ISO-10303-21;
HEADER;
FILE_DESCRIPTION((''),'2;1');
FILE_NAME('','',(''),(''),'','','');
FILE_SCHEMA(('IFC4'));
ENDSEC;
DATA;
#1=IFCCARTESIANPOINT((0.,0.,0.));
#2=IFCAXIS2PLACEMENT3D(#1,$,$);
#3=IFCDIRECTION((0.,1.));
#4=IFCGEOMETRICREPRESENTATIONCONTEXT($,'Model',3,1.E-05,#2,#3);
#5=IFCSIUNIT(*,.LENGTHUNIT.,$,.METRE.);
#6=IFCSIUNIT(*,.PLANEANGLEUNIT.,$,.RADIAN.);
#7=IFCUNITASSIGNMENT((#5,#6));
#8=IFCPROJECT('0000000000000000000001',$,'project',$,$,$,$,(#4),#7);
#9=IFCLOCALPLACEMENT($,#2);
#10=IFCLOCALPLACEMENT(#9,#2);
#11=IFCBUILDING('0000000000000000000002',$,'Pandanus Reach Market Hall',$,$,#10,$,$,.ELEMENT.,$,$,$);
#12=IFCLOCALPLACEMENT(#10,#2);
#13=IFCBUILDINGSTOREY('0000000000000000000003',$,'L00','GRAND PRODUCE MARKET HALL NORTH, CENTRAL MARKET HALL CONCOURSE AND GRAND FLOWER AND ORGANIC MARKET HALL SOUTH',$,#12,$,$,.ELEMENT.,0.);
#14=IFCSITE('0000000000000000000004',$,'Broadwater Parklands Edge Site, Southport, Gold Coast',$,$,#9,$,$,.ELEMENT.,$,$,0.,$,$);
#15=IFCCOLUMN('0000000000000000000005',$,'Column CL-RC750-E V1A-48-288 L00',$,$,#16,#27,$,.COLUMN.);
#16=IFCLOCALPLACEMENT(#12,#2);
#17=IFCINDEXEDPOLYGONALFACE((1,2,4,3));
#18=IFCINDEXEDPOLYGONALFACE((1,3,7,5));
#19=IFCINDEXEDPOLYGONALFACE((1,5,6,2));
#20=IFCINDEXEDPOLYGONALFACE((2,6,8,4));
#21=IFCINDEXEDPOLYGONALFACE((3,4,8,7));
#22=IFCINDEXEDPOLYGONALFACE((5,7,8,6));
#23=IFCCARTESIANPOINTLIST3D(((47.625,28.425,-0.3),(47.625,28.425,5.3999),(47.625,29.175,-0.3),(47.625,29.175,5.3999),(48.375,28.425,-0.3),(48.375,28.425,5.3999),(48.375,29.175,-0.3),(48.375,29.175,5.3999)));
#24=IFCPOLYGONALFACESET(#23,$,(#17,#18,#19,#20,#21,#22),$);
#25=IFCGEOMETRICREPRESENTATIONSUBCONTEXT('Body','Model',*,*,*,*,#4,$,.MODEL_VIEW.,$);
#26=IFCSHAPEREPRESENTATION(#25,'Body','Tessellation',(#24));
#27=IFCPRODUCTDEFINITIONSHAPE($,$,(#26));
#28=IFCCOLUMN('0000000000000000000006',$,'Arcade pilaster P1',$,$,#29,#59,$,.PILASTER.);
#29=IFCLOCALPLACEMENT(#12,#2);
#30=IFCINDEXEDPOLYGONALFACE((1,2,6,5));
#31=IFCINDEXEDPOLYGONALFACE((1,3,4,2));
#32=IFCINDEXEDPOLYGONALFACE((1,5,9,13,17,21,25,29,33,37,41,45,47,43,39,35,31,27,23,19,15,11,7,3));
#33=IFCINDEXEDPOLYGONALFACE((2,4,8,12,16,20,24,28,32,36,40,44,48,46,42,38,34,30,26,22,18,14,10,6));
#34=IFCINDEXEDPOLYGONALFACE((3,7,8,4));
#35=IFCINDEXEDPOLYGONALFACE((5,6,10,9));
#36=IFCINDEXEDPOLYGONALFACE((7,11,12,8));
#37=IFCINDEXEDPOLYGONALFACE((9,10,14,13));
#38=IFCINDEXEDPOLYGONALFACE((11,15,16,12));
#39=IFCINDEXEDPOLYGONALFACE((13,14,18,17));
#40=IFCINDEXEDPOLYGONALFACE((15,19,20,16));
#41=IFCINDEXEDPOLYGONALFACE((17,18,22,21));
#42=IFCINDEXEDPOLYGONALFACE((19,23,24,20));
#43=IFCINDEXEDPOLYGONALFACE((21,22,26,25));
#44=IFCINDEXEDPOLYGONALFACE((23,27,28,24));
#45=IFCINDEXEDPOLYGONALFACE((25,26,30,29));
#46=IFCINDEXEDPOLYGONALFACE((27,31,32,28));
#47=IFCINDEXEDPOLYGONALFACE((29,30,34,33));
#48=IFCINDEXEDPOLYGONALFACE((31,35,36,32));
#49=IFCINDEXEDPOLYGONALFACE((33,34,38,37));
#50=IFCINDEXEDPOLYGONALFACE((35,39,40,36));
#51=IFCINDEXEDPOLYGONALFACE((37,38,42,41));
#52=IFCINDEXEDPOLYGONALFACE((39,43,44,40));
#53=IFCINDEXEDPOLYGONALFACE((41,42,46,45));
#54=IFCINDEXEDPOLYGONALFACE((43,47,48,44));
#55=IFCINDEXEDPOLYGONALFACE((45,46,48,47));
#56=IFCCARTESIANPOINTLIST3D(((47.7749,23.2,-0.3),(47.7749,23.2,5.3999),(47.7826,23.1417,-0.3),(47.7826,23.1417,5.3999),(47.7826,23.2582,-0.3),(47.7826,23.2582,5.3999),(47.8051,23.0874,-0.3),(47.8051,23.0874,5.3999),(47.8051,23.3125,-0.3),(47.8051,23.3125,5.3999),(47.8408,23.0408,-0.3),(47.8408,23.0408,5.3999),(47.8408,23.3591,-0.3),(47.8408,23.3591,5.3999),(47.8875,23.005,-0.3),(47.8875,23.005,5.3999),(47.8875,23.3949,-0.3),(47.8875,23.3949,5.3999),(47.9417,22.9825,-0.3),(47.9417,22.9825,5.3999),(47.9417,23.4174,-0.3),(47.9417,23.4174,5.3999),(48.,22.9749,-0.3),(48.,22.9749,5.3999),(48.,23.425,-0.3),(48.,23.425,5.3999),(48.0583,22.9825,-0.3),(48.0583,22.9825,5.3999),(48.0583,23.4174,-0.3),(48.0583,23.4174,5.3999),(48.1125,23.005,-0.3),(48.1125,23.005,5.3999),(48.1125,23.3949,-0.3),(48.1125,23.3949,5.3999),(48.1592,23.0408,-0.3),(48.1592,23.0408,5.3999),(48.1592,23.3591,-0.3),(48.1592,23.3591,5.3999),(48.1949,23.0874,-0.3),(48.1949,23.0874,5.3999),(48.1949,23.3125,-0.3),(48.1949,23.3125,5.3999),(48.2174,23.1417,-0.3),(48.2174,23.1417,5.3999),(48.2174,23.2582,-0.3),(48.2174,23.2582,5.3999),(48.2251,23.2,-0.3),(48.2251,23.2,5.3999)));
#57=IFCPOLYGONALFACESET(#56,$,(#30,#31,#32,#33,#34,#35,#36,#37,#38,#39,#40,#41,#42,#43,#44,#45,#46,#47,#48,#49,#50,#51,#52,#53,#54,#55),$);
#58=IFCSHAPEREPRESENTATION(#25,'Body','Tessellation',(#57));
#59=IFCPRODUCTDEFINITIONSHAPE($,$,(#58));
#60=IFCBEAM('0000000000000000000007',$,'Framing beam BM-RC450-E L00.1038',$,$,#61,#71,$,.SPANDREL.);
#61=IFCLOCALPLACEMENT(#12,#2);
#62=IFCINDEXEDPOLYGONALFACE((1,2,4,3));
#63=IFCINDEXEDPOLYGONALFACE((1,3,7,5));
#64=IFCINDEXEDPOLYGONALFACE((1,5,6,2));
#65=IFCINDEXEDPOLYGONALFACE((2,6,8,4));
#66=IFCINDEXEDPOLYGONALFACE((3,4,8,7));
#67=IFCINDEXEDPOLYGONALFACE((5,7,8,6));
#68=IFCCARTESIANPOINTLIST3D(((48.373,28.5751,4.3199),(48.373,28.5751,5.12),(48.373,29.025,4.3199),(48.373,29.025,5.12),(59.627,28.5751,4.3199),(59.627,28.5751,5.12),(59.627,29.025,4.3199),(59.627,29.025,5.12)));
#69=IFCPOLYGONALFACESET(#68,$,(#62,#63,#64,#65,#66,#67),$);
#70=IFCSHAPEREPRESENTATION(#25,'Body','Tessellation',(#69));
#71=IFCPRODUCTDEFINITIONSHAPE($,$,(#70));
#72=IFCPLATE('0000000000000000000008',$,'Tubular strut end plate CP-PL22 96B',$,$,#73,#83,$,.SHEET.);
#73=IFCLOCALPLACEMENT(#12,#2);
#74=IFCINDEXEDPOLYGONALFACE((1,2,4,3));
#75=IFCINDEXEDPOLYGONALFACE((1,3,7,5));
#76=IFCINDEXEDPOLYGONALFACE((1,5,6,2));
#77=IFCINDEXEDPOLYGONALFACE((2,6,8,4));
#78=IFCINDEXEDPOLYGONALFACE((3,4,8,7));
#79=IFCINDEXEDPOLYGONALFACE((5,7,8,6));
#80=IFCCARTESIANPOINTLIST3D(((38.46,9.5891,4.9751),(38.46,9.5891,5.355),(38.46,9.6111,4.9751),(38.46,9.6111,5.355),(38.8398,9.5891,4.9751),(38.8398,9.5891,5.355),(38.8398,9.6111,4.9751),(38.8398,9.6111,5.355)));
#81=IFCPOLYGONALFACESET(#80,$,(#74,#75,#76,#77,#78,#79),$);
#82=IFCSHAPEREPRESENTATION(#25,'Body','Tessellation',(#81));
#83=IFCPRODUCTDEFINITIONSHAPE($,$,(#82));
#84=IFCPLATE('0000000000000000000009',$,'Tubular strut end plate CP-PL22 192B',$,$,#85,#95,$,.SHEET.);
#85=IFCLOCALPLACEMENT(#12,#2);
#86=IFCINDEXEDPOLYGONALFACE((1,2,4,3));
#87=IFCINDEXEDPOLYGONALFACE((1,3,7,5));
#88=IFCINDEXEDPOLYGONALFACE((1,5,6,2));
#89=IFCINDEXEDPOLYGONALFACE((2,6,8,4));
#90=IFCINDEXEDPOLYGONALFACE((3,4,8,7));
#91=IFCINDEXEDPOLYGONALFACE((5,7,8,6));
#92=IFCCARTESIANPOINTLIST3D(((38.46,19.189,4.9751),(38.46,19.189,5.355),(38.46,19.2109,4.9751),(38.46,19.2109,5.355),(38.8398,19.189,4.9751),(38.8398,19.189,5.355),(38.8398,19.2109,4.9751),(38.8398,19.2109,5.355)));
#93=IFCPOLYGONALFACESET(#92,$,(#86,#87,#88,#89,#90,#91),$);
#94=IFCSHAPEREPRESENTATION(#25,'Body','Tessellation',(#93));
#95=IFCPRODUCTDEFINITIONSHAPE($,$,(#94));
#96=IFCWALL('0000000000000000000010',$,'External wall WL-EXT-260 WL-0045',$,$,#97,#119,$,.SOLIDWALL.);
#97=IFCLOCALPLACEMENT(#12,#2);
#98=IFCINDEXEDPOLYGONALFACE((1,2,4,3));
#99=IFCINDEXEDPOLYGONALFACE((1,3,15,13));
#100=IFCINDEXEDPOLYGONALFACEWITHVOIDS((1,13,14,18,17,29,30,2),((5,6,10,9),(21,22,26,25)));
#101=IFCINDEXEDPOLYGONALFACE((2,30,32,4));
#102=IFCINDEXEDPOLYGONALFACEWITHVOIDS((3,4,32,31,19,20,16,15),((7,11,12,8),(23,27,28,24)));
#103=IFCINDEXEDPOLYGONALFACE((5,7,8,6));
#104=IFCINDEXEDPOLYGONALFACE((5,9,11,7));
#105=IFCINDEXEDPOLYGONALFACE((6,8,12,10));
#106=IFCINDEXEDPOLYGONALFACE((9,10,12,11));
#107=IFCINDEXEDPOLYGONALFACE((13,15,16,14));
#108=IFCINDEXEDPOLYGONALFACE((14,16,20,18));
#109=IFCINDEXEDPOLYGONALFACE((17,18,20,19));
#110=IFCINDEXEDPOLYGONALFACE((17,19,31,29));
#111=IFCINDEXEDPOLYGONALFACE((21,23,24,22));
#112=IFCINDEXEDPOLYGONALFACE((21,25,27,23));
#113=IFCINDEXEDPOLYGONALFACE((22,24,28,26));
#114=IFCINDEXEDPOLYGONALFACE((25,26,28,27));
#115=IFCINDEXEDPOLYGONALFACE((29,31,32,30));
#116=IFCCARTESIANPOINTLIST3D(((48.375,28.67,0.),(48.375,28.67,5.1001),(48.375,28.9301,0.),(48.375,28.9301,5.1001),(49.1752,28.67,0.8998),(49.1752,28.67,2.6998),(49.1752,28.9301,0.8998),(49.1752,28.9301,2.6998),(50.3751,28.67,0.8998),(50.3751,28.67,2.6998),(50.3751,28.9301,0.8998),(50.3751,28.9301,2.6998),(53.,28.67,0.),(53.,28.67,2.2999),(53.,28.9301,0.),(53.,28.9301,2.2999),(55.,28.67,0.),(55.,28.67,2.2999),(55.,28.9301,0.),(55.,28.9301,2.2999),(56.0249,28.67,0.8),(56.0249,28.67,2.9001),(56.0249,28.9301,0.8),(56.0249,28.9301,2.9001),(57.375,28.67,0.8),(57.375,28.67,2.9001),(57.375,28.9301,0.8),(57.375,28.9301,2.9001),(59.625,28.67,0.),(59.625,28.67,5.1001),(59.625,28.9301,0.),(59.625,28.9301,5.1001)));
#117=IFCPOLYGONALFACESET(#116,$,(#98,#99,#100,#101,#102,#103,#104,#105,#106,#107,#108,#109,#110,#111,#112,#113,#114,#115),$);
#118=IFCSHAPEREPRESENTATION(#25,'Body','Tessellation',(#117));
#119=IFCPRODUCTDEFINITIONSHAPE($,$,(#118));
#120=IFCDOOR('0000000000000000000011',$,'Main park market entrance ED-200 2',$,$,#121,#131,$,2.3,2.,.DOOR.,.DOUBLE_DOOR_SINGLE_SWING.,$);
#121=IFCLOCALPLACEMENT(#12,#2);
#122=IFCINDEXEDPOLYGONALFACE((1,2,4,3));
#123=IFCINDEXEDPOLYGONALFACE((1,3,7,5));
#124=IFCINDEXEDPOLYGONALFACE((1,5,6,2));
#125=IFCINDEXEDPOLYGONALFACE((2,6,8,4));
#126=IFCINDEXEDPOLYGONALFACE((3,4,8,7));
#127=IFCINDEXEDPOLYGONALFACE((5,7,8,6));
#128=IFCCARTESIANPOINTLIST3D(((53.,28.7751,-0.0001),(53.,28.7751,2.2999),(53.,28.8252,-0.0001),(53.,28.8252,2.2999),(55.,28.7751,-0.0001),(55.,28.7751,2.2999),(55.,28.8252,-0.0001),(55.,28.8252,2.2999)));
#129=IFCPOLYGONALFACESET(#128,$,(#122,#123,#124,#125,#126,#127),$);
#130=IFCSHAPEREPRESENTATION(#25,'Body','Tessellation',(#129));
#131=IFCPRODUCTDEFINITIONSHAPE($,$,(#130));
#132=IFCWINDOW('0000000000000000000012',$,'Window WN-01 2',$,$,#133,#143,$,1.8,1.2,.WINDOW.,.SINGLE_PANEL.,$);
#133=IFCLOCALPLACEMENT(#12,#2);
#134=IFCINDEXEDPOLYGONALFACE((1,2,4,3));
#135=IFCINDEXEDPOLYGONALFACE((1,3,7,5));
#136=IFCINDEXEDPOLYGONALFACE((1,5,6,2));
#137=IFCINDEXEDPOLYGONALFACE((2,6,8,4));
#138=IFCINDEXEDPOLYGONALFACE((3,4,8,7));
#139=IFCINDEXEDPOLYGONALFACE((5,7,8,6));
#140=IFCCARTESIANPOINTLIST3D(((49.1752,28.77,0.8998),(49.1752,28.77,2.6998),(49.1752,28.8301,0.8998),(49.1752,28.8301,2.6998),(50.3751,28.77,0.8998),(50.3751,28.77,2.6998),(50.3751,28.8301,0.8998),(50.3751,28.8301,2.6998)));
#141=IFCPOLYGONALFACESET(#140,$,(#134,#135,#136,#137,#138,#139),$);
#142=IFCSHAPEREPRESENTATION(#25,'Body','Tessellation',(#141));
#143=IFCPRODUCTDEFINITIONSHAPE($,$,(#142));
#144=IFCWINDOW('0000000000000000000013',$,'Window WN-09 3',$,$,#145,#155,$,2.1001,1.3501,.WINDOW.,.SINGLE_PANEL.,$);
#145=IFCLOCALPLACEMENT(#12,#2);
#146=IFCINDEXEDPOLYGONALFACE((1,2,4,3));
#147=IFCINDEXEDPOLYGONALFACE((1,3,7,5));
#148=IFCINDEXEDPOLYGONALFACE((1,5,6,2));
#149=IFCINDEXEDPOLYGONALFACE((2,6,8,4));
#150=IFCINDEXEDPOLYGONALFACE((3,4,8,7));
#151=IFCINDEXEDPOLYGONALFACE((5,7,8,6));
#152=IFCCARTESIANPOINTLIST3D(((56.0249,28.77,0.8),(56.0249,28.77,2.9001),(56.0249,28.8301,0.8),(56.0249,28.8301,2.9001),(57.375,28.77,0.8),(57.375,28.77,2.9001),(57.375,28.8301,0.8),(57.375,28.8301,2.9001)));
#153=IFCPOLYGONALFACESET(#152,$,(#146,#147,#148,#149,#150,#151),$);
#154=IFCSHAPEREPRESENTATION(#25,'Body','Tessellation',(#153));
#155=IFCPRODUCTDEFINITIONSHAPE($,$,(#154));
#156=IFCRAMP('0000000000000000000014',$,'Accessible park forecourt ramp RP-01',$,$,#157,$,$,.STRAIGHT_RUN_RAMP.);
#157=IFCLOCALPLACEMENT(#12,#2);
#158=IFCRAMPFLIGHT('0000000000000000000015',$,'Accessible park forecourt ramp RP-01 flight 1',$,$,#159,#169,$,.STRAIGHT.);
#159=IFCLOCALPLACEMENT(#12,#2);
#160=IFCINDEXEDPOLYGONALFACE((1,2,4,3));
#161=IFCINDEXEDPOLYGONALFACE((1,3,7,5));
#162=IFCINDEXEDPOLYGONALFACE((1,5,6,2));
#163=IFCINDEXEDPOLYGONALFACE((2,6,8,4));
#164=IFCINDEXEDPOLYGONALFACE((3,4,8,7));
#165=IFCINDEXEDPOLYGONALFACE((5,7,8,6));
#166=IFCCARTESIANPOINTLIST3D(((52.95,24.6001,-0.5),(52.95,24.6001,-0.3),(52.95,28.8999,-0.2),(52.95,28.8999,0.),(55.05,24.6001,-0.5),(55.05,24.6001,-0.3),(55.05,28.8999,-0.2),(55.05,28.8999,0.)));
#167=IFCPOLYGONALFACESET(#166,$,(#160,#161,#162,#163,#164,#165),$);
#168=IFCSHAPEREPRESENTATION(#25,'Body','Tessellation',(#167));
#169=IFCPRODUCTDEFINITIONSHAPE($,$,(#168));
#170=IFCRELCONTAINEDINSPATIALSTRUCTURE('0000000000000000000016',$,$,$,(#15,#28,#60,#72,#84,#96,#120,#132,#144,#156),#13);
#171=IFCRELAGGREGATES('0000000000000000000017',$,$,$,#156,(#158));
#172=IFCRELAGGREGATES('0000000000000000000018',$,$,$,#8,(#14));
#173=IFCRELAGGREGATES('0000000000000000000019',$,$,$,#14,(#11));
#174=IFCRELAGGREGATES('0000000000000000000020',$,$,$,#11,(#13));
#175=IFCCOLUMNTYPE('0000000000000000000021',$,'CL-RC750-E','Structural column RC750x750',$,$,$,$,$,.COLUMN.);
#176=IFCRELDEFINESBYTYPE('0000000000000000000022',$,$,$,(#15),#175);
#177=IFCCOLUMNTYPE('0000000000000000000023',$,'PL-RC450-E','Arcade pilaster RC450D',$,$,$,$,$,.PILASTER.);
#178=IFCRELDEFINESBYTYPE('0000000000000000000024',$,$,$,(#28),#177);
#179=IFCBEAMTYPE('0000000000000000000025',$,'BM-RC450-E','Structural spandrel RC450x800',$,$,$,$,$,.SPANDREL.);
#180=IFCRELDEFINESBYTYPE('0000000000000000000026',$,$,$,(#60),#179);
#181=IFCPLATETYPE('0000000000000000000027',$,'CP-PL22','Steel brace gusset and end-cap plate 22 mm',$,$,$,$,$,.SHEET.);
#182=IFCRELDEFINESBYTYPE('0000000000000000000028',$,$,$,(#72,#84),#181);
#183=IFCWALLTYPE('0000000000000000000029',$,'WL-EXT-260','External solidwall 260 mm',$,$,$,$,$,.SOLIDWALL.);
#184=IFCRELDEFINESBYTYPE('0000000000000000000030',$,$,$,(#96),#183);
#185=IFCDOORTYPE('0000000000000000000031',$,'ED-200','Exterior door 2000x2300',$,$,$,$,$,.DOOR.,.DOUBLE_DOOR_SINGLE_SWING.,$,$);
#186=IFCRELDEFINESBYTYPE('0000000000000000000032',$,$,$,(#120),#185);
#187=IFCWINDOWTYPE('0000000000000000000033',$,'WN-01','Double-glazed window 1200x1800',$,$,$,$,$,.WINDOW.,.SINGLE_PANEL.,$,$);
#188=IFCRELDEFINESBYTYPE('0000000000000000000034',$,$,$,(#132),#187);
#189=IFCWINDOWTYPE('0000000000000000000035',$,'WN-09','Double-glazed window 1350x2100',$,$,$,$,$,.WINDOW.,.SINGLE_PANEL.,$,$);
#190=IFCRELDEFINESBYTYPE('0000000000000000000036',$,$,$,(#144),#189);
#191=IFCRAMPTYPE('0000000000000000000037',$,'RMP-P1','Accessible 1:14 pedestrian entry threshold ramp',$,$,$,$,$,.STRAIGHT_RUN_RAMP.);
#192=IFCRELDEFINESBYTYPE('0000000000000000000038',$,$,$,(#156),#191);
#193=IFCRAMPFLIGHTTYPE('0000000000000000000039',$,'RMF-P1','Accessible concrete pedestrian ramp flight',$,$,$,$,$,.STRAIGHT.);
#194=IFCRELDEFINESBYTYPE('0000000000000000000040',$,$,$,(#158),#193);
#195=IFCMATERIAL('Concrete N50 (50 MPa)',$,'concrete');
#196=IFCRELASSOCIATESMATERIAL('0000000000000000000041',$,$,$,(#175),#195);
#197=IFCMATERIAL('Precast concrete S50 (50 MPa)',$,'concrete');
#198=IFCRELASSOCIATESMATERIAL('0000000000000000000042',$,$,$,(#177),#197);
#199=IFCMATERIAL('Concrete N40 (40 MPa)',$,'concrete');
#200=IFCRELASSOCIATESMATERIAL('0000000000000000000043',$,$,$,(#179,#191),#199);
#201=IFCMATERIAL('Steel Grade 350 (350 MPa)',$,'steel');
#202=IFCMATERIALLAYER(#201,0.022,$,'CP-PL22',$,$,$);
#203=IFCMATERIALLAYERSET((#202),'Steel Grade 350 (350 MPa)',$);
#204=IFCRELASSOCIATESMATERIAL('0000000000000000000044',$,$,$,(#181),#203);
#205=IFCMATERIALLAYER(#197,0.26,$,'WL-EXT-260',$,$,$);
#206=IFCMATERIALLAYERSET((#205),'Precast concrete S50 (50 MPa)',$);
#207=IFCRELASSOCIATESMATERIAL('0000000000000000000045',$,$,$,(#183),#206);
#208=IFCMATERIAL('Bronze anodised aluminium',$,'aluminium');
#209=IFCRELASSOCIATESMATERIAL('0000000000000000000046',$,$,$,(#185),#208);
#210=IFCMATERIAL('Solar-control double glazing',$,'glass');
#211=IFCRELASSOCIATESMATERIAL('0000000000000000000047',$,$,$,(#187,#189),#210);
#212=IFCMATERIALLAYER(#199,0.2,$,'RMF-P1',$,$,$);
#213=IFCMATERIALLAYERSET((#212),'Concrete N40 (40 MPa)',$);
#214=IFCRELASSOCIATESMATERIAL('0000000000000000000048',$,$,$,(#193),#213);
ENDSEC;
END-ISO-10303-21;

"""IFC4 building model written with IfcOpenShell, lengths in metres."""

from ifc_helpers import new_model, si_unit, direction, frame, frame_2d, origin, origin_2d, place, context, subcontext, project, spatial, polyline, rectangle, circle, outline, extrude, material, layer, layer_set, material_profile, profile_set, type_object, element, fill, aggregate, save


model = new_model("IFC4")

# Units and contexts
model_context = context("Model", 3, precision=1e-05, world=origin(), true_north=direction((0.0, 1.0)))
body_context = subcontext(model_context, "Body", "Model", "MODEL_VIEW")
ifc_project = project(units=[si_unit("LENGTHUNIT", "METRE"), si_unit("PLANEANGLEUNIT", "RADIAN")], contexts=[model_context])

# Site, building, storey
site_placement = place(None, origin())
site = spatial("IfcSite", under=ifc_project, at=site_placement, Name="Broadwater Parklands Edge Site, Southport, Gold Coast", CompositionType="ELEMENT", RefElevation=0.0)
building_placement = place(site_placement, origin())
building = spatial("IfcBuilding", under=site, at=building_placement, Name="Pandanus Reach Market Hall", CompositionType="ELEMENT")
storey_placement = place(building_placement, origin())
storey = spatial("IfcBuildingStorey", under=building, at=storey_placement, Name="L00", Description="GRAND PRODUCE MARKET HALL NORTH, CENTRAL MARKET HALL CONCOURSE AND GRAND FLOWER AND ORGANIC MARKET HALL SOUTH", CompositionType="ELEMENT", Elevation=0.0)

# Shared definitions
ifc_material_1 = material(Name="Concrete N40 (40 MPa)", Category="concrete")

# Columns
ifc_material_2 = material(Name="Concrete N50 (50 MPa)", Category="concrete")
ifc_material_profile_1 = material_profile(ifc_material_2, rectangle(XDim=0.75, YDim=0.75, at=origin_2d()), Name="RC750x750", Category="LoadBearing")
ifc_profile_set_1 = profile_set([ifc_material_profile_1], Name="Concrete N50 (50 MPa)")
column_type_1 = type_object("IfcColumnType", Name="CL-RC750-E", Description="Structural column RC750x750", PredefinedType="COLUMN", material=ifc_profile_set_1)
column_1_placement = place(storey_placement, frame((48.0, 28.8, -0.3), z_axis=(0.0, 0.0, 1.0), x_axis=(1.0, 0.0, 0.0)))
element("IfcColumn", 1, at=column_1_placement, inside=storey, type_object=column_type_1, Name="Column CL-RC750-E V1A-48-288 L00", PredefinedType="COLUMN", context=body_context, shape_type="SweptSolid", body=[
    extrude(rectangle(XDim=0.75, YDim=0.75, at=origin_2d()), origin(), (0.0, 0.0, 1.0), 5.7),
])
ifc_material_3 = material(Name="Precast concrete S50 (50 MPa)", Category="concrete")
ifc_material_profile_2 = material_profile(ifc_material_3, circle(Radius=0.2251, at=origin_2d()), Name="RC450D", Category="LoadBearing")
ifc_profile_set_2 = profile_set([ifc_material_profile_2], Name="Precast concrete S50 (50 MPa)")
column_type_2 = type_object("IfcColumnType", Name="PL-RC450-E", Description="Arcade pilaster RC450D", PredefinedType="PILASTER", material=ifc_profile_set_2)
column_2_placement = place(storey_placement, frame((48.0, 23.2, -0.3), z_axis=(0.0, 0.0, 1.0), x_axis=(1.0, 0.0, 0.0)))
element("IfcColumn", 2, at=column_2_placement, inside=storey, type_object=column_type_2, Name="Arcade pilaster P1", PredefinedType="PILASTER", context=body_context, shape_type="SweptSolid", body=[
    extrude(circle(Radius=0.2251, at=origin_2d()), origin(), (0.0, 0.0, 1.0), 5.7),
])

# Beam
ifc_material_profile_3 = material_profile(ifc_material_1, rectangle(XDim=0.45, YDim=0.8, at=origin_2d()), Name="RC450x800", Category="LoadBearing")
ifc_profile_set_3 = profile_set([ifc_material_profile_3], Name="Concrete N40 (40 MPa)")
beam_type = type_object("IfcBeamType", Name="BM-RC450-E", Description="Structural spandrel RC450x800", PredefinedType="SPANDREL", material=ifc_profile_set_3)
beam_placement = place(storey_placement, frame((48.373, 28.8, 4.72), z_axis=(1.0, 0.0, 0.0), x_axis=(0.0, 1.0, 0.0)))
element("IfcBeam", 3, at=beam_placement, inside=storey, type_object=beam_type, Name="Framing beam BM-RC450-E L00.1038", PredefinedType="SPANDREL", context=body_context, shape_type="SweptSolid", body=[
    extrude(rectangle(XDim=0.45, YDim=0.8, at=origin_2d()), origin(), (0.0, 0.0, 1.0), 11.2539),
])

# Plates
ifc_material_4 = material(Name="Steel Grade 350 (350 MPa)", Category="steel")
ifc_layer_1 = layer(ifc_material_4, 0.022, Name="CP-PL22")
ifc_layer_set_1 = layer_set([ifc_layer_1], Name="Steel Grade 350 (350 MPa)")
plate_type = type_object("IfcPlateType", Name="CP-PL22", Description="Steel brace gusset and end-cap plate 22 mm", PredefinedType="SHEET", material=ifc_layer_set_1)
for number, where, z_axis, x_axis, name in (
    (4, (38.6499, 9.6001, 4.9751), (0.0, 0.0, 1.0), (1.0, 0.0, 0.0), "Tubular strut end plate CP-PL22 96B"),
    (5, (38.6499, 19.2, 4.9751), (0.0, 0.0, 1.0), (1.0, 0.0, 0.0), "Tubular strut end plate CP-PL22 192B"),
):
    element("IfcPlate", number, at=place(storey_placement, frame(where, z_axis=z_axis, x_axis=x_axis)), inside=storey, type_object=plate_type, Name=name, PredefinedType="SHEET", context=body_context, shape_type="SweptSolid", body=[
        extrude(rectangle(XDim=0.3799, YDim=0.022, at=origin_2d()), origin(), (0.0, 0.0, 1.0), 0.3799),
    ])

# Wall, openings, door, windows
ifc_layer_2 = layer(ifc_material_3, 0.26, Name="WL-EXT-260")
ifc_layer_set_2 = layer_set([ifc_layer_2], Name="Precast concrete S50 (50 MPa)")
wall_type = type_object("IfcWallType", Name="WL-EXT-260", Description="External solidwall 260 mm", PredefinedType="SOLIDWALL", material=ifc_layer_set_2)
wall_placement = place(storey_placement, frame((48.375, 28.8, 0.0), z_axis=(0.0, 0.0, 1.0), x_axis=(1.0, 0.0, 0.0)))
wall = element("IfcWall", 6, at=wall_placement, inside=storey, type_object=wall_type, Name="External wall WL-EXT-260 WL-0045", PredefinedType="SOLIDWALL", context=body_context, shape_type="SweptSolid", body=[
    extrude(rectangle(XDim=11.25, YDim=0.26, at=frame_2d((5.625, 0.0))), origin(), (0.0, 0.0, 1.0), 5.1001),
])
opening_1_placement = place(wall_placement, frame((4.625, 0.0, 0.0)))
opening_1 = element("IfcOpeningElement", 7, at=opening_1_placement, cuts=wall, PredefinedType="OPENING", context=body_context, shape_type="SweptSolid", body=[
    extrude(rectangle(XDim=2.0, YDim=2.3, at=frame_2d((1.0, 1.1499))), frame((0.0, 0.145, 0.0), z_axis=(0.0, -1.0, 0.0), x_axis=(1.0, 0.0, 0.0)), (0.0, 0.0, 1.0), 0.29),
])
opening_2_placement = place(wall_placement, frame((0.8, 0.0, 0.8999)))
opening_2 = element("IfcOpeningElement", 8, at=opening_2_placement, cuts=wall, PredefinedType="OPENING", context=body_context, shape_type="SweptSolid", body=[
    extrude(rectangle(XDim=1.2, YDim=1.8, at=frame_2d((0.6001, 0.8999))), frame((0.0, 0.145, 0.0), z_axis=(0.0, -1.0, 0.0), x_axis=(1.0, 0.0, 0.0)), (0.0, 0.0, 1.0), 0.29),
])
opening_3_placement = place(wall_placement, frame((7.6499, 0.0, 0.8)))
opening_3 = element("IfcOpeningElement", 9, at=opening_3_placement, cuts=wall, PredefinedType="OPENING", context=body_context, shape_type="SweptSolid", body=[
    extrude(rectangle(XDim=1.3501, YDim=2.1001, at=frame_2d((0.675, 1.05))), frame((0.0, 0.145, 0.0), z_axis=(0.0, -1.0, 0.0), x_axis=(1.0, 0.0, 0.0)), (0.0, 0.0, 1.0), 0.29),
])
ifc_material_5 = material(Name="Bronze anodised aluminium", Category="aluminium")
door_type = type_object("IfcDoorType", Name="ED-200", Description="Exterior door 2000x2300", OperationType="DOUBLE_DOOR_SINGLE_SWING", PredefinedType="DOOR", material=ifc_material_5)
door_placement = place(opening_1_placement, frame((2.0, 0.0, 0.0), z_axis=(0.0, 0.0, 1.0), x_axis=(-1.0, 0.0, 0.0)))
door = element("IfcDoor", 10, at=door_placement, inside=storey, type_object=door_type, Name="Main park market entrance ED-200 2", OperationType="DOUBLE_DOOR_SINGLE_SWING", OverallHeight=2.3, OverallWidth=2.0, PredefinedType="DOOR", context=body_context, shape_type="SweptSolid", body=[
    extrude(rectangle(XDim=2.0, YDim=2.3, at=frame_2d((1.0, 1.1499))), frame((0.0, 0.0249, 0.0), z_axis=(0.0, -1.0, 0.0), x_axis=(1.0, 0.0, 0.0)), (0.0, 0.0, 1.0), 0.05),
])
fill(opening_1, door)
ifc_material_6 = material(Name="Solar-control double glazing", Category="glass")
window_type_1 = type_object("IfcWindowType", Name="WN-01", Description="Double-glazed window 1200x1800", PartitioningType="SINGLE_PANEL", PredefinedType="WINDOW", material=ifc_material_6)
window_1_placement = place(opening_2_placement, origin())
window_1 = element("IfcWindow", 11, at=window_1_placement, inside=storey, type_object=window_type_1, Name="Window WN-01 2", OverallHeight=1.8, OverallWidth=1.2, PartitioningType="SINGLE_PANEL", PredefinedType="WINDOW", context=body_context, shape_type="SweptSolid", body=[
    extrude(rectangle(XDim=1.2, YDim=1.8, at=frame_2d((0.6001, 0.8999))), frame((0.0, 0.03, 0.0), z_axis=(0.0, -1.0, 0.0), x_axis=(1.0, 0.0, 0.0)), (0.0, 0.0, 1.0), 0.0601),
])
fill(opening_2, window_1)
window_type_2 = type_object("IfcWindowType", Name="WN-09", Description="Double-glazed window 1350x2100", PartitioningType="SINGLE_PANEL", PredefinedType="WINDOW", material=ifc_material_6)
window_2_placement = place(opening_3_placement, origin())
window_2 = element("IfcWindow", 12, at=window_2_placement, inside=storey, type_object=window_type_2, Name="Window WN-09 3", OverallHeight=2.1001, OverallWidth=1.3501, PartitioningType="SINGLE_PANEL", PredefinedType="WINDOW", context=body_context, shape_type="SweptSolid", body=[
    extrude(rectangle(XDim=1.3501, YDim=2.1001, at=frame_2d((0.675, 1.05))), frame((0.0, 0.03, 0.0), z_axis=(0.0, -1.0, 0.0), x_axis=(1.0, 0.0, 0.0)), (0.0, 0.0, 1.0), 0.0601),
])
fill(opening_3, window_2)

# Ramp, ramp flight
ramp_type = type_object("IfcRampType", Name="RMP-P1", Description="Accessible 1:14 pedestrian entry threshold ramp", PredefinedType="STRAIGHT_RUN_RAMP", material=ifc_material_1)
ramp_placement = place(storey_placement, origin())
ramp = element("IfcRamp", 13, at=ramp_placement, inside=storey, type_object=ramp_type, Name="Accessible park forecourt ramp RP-01", PredefinedType="STRAIGHT_RUN_RAMP")
ifc_layer_3 = layer(ifc_material_1, 0.2, Name="RMF-P1")
ifc_layer_set_3 = layer_set([ifc_layer_3], Name="Concrete N40 (40 MPa)")
ramp_flight_type = type_object("IfcRampFlightType", Name="RMF-P1", Description="Accessible concrete pedestrian ramp flight", PredefinedType="STRAIGHT", material=ifc_layer_set_3)
ramp_flight_placement = place(storey_placement, frame((54.0, 24.6001, -0.3), z_axis=(0.0, 0.0, 1.0), x_axis=(0.0, 1.0, 0.0)))
ramp_flight = element("IfcRampFlight", 14, at=ramp_flight_placement, type_object=ramp_flight_type, Name="Accessible park forecourt ramp RP-01 flight 1", PredefinedType="STRAIGHT", context=body_context, shape_type="SweptSolid", body=[
    extrude(outline(polyline([(0.0, 0.0), (4.2998, 0.3), (4.2998, 0.1001), (0.0, -0.2), (0.0, 0.0)])), frame((0.0, 1.05, 0.0), z_axis=(0.0, -1.0, 0.0), x_axis=(1.0, 0.0, 0.0)), (0.0, 0.0, 1.0), 2.1001),
])
aggregate(ramp, [ramp_flight])

save(model, "model.ifc")
